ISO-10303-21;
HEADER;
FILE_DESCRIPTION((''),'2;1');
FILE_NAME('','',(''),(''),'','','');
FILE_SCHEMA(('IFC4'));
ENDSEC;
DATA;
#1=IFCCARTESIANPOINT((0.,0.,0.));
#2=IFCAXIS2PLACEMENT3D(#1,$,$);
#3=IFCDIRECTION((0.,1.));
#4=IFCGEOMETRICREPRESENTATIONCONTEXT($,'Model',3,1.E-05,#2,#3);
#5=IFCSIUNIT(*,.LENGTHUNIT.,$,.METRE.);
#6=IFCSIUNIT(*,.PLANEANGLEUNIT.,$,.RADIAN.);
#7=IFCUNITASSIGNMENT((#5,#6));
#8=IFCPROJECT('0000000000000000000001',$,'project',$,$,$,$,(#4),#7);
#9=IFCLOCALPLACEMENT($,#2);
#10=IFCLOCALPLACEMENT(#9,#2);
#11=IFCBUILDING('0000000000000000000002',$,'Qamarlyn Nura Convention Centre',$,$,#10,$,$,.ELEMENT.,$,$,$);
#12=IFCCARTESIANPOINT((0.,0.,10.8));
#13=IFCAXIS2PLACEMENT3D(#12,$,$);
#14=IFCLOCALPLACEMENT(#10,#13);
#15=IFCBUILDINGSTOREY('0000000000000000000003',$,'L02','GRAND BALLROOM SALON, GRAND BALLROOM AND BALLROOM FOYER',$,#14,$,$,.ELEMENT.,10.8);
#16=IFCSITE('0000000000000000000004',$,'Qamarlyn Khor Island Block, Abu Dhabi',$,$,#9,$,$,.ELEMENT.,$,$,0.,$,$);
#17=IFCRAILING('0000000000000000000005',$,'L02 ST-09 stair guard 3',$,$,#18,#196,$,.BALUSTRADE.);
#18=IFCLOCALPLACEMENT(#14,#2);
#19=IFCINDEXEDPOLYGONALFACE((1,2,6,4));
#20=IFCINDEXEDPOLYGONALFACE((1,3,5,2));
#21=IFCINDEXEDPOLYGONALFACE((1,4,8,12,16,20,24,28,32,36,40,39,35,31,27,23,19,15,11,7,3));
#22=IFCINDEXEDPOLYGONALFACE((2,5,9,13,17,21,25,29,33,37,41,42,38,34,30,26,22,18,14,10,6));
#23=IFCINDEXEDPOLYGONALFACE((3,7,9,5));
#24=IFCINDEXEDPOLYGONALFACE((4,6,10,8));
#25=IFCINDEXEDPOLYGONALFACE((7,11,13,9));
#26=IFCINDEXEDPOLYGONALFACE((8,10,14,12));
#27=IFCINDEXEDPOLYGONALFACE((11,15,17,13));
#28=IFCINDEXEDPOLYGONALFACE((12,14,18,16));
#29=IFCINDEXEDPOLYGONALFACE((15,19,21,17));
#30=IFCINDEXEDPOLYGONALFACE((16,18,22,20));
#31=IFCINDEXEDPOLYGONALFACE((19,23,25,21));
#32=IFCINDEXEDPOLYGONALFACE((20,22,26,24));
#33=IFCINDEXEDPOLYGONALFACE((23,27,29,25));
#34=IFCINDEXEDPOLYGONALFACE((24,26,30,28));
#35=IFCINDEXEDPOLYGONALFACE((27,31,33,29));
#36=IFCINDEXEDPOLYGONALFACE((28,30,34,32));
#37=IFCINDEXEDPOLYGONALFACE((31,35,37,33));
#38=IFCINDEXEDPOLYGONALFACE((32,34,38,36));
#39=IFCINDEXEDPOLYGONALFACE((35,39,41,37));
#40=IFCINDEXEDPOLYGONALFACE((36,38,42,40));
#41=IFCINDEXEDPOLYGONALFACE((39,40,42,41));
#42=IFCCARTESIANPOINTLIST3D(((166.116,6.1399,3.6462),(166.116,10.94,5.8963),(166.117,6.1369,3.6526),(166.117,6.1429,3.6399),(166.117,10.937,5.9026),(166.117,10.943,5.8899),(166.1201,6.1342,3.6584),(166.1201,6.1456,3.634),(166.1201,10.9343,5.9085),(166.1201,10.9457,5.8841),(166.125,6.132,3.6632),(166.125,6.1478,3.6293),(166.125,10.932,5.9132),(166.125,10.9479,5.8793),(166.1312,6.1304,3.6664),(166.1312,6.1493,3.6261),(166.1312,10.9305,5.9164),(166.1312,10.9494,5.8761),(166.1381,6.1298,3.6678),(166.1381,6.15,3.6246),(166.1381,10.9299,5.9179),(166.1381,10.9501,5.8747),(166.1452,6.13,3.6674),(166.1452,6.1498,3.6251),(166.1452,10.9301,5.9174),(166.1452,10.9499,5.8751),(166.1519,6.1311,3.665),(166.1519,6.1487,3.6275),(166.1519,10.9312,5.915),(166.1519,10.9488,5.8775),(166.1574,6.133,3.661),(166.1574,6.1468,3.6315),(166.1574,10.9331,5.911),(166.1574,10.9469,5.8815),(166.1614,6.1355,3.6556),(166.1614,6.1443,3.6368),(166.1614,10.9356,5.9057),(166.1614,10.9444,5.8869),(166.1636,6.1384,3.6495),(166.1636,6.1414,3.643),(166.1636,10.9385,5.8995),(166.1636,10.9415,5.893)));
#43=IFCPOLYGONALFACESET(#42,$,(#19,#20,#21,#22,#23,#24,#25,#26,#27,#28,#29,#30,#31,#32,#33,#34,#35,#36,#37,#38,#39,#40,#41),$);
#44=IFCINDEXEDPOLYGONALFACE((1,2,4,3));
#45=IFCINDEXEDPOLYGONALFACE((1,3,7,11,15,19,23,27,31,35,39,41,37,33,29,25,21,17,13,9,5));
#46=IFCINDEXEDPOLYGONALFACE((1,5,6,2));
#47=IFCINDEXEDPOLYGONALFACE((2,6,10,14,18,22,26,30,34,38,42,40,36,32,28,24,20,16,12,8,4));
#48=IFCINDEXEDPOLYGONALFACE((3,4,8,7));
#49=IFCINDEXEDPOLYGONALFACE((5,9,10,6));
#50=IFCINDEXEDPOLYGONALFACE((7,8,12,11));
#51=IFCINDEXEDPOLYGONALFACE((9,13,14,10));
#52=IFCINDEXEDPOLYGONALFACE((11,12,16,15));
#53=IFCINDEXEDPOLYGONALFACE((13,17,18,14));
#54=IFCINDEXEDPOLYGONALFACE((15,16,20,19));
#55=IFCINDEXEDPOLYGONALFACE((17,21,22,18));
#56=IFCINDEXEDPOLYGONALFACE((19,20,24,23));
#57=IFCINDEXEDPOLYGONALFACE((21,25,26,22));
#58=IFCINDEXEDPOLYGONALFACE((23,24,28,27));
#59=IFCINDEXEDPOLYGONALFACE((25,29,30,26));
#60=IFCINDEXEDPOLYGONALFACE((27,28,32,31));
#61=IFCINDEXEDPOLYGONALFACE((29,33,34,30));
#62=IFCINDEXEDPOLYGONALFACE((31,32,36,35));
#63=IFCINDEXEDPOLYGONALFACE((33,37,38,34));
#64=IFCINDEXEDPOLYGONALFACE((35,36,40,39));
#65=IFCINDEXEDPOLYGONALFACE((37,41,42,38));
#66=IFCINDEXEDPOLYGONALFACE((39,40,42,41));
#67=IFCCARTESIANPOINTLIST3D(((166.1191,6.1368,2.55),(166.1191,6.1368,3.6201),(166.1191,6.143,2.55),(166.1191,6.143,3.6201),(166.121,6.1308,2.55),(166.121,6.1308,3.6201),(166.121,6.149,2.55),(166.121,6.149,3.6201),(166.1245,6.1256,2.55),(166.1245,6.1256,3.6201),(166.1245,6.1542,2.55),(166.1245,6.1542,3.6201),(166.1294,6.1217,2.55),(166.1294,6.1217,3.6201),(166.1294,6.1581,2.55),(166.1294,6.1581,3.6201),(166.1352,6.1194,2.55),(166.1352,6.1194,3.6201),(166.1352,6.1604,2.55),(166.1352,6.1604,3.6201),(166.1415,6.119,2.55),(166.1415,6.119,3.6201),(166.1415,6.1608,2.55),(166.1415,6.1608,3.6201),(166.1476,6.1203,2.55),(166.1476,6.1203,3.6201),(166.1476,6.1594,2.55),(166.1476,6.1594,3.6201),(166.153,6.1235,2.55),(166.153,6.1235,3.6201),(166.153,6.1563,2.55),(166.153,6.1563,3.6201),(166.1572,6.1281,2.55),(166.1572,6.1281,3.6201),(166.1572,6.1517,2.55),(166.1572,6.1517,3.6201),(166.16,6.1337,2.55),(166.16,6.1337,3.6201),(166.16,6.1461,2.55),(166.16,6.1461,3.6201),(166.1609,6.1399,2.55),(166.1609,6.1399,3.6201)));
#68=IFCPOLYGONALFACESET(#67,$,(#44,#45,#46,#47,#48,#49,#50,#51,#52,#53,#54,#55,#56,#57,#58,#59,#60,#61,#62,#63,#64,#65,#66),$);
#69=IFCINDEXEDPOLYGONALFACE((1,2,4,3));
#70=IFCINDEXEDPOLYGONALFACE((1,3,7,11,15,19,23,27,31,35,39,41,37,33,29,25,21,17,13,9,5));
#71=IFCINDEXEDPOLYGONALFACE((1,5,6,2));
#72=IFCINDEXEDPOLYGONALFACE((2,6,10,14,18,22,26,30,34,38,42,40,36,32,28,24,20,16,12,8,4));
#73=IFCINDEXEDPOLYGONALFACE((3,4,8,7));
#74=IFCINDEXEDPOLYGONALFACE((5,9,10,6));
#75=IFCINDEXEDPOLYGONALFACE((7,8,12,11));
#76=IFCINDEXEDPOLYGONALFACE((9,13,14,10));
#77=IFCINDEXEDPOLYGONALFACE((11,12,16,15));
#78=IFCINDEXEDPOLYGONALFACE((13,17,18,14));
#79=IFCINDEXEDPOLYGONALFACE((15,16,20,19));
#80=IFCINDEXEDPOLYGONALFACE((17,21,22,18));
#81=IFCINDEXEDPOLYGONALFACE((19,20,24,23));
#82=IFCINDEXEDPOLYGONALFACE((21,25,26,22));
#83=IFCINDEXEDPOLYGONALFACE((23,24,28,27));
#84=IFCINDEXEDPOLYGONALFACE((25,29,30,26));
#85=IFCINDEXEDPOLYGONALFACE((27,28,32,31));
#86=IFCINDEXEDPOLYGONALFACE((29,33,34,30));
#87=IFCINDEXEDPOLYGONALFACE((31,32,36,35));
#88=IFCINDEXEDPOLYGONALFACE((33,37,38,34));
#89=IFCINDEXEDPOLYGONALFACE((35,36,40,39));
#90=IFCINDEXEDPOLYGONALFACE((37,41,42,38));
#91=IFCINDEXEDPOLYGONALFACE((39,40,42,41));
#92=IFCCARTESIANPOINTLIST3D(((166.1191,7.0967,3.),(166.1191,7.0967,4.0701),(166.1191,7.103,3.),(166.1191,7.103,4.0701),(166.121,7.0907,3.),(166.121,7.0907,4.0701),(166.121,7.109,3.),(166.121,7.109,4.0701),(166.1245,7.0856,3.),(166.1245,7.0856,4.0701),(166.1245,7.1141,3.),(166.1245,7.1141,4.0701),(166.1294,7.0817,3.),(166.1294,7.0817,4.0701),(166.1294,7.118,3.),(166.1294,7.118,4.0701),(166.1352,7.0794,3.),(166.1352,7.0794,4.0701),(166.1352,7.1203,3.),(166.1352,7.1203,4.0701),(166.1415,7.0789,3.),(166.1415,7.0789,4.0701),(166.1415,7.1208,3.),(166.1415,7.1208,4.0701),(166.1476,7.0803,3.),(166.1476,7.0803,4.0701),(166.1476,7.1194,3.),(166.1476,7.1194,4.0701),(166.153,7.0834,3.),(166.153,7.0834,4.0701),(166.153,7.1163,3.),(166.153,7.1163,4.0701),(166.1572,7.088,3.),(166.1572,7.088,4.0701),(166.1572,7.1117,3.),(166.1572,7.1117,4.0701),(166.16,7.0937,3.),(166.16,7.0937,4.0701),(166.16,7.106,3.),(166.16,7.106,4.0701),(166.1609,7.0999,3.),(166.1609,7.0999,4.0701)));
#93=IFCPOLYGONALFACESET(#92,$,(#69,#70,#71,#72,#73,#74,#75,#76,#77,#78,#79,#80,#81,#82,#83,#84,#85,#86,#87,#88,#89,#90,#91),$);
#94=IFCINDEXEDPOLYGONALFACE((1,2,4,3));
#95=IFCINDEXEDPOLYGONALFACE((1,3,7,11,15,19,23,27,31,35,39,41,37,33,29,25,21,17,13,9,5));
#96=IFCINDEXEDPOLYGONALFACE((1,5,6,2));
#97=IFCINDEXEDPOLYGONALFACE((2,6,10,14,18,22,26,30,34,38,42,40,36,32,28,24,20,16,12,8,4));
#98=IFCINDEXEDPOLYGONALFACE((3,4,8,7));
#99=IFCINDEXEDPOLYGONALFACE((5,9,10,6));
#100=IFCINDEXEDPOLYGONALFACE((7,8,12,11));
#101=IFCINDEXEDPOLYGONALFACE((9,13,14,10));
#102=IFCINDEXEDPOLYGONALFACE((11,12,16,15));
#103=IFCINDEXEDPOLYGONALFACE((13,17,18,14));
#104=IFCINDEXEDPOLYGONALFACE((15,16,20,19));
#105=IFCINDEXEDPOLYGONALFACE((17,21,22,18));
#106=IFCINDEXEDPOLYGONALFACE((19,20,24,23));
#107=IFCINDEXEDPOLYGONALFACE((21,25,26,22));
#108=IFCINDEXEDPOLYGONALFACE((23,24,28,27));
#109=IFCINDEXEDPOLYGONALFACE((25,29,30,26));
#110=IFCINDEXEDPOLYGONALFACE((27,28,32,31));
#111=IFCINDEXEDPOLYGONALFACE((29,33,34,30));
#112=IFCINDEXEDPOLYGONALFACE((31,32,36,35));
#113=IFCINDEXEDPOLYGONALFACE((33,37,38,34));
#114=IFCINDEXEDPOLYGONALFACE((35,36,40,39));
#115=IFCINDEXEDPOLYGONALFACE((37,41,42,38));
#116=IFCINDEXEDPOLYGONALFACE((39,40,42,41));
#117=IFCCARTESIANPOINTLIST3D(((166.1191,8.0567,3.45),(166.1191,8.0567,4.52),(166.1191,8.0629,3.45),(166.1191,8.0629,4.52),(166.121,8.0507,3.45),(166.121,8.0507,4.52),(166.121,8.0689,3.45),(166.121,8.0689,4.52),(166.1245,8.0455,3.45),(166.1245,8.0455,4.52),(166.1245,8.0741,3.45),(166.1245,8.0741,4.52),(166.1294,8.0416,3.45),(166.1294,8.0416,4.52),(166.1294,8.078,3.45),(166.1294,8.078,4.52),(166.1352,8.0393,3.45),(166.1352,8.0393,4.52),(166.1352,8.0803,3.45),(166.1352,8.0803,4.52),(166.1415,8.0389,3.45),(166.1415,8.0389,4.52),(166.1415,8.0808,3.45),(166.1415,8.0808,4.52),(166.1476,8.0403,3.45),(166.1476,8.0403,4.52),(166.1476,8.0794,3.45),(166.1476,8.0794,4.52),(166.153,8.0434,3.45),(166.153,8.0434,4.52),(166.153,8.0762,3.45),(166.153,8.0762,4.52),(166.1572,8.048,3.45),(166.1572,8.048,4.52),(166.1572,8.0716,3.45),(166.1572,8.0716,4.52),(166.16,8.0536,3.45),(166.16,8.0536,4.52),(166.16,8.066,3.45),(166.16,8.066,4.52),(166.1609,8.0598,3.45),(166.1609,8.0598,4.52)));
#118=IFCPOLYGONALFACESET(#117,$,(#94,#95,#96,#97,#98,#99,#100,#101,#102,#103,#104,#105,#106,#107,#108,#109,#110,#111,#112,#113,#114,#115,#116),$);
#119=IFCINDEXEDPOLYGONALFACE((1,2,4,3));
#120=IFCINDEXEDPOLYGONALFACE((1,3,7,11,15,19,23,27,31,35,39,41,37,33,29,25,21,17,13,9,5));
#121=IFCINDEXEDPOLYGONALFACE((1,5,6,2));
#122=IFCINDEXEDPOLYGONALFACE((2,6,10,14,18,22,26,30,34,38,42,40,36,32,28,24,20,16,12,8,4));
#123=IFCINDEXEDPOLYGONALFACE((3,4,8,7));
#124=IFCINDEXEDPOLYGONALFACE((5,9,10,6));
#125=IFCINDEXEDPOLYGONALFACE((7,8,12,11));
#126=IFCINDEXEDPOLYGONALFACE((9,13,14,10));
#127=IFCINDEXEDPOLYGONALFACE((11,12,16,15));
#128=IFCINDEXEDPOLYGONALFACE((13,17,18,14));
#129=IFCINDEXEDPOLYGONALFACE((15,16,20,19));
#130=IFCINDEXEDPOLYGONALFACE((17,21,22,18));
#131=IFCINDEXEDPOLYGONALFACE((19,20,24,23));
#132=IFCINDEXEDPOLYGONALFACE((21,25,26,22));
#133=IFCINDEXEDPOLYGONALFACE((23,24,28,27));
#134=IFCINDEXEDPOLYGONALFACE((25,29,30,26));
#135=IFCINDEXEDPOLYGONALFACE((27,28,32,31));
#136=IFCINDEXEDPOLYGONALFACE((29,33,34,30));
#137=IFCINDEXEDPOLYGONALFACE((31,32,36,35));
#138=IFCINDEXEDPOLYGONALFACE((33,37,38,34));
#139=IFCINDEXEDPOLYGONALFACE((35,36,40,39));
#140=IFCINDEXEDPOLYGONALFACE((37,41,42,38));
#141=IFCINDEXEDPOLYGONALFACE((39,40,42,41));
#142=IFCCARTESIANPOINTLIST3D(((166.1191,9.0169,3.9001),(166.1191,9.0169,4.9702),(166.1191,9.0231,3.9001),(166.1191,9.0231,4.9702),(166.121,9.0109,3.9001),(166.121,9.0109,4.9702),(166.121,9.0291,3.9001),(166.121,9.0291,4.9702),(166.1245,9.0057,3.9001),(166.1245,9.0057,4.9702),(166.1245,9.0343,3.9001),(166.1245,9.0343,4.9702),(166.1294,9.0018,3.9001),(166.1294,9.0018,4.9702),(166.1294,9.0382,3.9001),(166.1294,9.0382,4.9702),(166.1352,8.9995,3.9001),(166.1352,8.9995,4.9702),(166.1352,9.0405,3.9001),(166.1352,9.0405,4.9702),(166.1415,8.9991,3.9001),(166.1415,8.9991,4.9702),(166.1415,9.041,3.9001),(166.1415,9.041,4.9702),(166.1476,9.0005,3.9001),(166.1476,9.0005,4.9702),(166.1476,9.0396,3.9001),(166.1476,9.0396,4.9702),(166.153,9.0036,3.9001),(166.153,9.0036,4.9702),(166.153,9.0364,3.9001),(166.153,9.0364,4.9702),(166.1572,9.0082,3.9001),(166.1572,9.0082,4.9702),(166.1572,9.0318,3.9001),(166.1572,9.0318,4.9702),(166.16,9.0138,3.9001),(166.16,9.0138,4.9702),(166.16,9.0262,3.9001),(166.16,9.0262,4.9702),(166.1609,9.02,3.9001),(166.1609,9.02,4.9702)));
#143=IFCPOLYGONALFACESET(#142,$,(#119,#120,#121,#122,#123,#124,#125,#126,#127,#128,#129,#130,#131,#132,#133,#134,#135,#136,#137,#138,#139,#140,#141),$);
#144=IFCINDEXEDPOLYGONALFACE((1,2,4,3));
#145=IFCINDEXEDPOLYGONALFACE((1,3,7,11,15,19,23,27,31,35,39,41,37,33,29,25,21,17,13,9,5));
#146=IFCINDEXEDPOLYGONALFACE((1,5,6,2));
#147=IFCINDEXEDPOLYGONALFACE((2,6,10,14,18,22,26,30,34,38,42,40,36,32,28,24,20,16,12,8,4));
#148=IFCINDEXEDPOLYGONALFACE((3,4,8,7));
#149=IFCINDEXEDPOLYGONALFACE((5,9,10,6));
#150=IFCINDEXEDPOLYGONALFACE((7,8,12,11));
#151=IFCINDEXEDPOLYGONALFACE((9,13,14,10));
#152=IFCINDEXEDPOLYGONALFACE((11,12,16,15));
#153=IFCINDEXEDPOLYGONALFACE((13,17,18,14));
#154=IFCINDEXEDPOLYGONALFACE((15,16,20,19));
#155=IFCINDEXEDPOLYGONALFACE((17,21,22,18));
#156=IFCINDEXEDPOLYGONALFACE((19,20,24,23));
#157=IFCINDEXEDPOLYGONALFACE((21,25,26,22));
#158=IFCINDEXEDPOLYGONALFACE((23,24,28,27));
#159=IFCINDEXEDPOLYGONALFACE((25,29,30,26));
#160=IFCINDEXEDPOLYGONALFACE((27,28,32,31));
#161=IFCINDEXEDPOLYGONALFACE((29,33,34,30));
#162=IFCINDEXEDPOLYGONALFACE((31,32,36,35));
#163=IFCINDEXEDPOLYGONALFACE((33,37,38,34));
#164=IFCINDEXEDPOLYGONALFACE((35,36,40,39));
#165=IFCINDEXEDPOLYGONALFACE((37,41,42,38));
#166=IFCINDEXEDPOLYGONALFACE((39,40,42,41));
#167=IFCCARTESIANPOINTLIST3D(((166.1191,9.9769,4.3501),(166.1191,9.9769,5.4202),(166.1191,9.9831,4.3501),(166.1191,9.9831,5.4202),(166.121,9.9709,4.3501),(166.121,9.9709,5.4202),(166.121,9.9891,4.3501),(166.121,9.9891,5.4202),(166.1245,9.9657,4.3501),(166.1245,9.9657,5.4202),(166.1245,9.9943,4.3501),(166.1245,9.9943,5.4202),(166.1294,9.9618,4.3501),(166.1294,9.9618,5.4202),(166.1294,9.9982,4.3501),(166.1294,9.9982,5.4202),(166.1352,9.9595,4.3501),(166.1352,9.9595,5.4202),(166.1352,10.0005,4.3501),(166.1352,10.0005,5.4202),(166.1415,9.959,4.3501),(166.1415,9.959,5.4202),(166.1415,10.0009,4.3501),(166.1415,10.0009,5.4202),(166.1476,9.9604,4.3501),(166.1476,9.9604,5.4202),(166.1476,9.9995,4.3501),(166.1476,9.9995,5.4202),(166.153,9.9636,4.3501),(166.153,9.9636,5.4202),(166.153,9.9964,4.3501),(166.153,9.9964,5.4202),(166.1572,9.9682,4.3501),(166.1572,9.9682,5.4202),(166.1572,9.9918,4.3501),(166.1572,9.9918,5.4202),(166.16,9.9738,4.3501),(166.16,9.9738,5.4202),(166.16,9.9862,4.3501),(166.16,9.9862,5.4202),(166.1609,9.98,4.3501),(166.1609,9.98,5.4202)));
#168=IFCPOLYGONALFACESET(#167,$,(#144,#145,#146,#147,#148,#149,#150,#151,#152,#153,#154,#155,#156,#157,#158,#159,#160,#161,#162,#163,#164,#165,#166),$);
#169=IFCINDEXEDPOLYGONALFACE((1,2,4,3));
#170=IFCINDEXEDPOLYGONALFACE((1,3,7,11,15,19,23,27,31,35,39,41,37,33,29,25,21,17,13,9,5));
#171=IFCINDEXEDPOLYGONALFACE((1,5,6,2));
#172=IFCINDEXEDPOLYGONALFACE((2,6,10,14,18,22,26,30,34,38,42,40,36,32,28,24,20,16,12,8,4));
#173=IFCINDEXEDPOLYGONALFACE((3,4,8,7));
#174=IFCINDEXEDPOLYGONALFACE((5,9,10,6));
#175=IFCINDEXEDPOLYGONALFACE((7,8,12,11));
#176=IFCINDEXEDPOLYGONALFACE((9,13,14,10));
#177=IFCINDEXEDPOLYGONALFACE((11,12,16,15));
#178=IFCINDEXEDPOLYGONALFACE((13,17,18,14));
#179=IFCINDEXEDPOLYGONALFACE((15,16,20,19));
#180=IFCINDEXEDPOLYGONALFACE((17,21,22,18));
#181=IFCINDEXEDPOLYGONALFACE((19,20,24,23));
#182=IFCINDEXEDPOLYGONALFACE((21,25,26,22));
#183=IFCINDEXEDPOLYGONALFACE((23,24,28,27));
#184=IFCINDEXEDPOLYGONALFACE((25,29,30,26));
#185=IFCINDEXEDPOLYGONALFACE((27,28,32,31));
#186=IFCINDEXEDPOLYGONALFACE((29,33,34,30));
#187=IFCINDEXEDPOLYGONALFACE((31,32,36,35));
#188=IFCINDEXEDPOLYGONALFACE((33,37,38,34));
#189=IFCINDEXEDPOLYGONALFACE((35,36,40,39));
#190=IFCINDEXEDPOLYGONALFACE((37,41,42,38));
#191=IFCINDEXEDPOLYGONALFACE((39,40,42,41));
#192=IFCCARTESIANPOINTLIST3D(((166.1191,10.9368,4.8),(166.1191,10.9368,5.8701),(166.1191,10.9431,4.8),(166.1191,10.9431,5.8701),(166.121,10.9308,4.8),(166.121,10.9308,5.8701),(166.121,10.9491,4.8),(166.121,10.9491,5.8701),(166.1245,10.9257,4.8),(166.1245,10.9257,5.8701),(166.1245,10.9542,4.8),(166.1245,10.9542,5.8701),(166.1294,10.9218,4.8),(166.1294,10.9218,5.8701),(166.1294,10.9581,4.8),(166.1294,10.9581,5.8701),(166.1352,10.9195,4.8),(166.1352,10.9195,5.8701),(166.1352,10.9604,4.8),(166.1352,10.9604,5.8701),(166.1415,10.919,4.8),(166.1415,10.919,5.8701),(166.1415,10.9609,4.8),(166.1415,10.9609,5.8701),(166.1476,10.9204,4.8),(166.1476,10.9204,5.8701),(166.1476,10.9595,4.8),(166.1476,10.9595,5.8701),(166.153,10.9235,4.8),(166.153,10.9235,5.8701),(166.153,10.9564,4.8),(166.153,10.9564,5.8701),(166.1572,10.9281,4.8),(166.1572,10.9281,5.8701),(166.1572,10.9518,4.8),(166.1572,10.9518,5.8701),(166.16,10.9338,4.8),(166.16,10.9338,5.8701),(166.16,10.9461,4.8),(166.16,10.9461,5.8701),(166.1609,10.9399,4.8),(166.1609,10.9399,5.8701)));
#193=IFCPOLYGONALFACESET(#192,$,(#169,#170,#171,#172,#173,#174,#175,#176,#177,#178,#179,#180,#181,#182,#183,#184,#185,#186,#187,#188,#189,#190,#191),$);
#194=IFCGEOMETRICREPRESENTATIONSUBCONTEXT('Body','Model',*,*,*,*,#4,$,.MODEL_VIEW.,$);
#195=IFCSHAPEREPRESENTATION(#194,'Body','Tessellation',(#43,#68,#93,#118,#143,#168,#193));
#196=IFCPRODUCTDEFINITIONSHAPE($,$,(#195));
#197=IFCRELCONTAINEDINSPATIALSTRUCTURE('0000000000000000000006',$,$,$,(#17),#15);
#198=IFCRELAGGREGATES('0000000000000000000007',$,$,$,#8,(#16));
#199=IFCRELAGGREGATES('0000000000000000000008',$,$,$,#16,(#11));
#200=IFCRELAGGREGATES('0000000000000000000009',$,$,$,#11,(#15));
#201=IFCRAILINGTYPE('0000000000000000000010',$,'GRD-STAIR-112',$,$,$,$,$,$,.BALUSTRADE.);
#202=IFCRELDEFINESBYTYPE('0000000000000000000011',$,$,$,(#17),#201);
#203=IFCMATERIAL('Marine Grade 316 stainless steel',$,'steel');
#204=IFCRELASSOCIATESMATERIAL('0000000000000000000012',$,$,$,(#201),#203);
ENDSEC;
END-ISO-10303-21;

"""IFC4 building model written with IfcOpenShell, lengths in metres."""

from ifc_helpers import new_model, si_unit, direction, frame, origin, origin_2d, place, context, subcontext, project, spatial, circle, extrude, material, type_object, element, save


model = new_model("IFC4")

# Units and contexts
model_context = context("Model", 3, precision=1e-05, world=origin(), true_north=direction((0.0, 1.0)))
body_context = subcontext(model_context, "Body", "Model", "MODEL_VIEW")
ifc_project = project(units=[si_unit("LENGTHUNIT", "METRE"), si_unit("PLANEANGLEUNIT", "RADIAN")], contexts=[model_context])

# Site, building, storey
site_placement = place(None, origin())
site = spatial("IfcSite", under=ifc_project, at=site_placement, Name="Qamarlyn Khor Island Block, Abu Dhabi", CompositionType="ELEMENT", RefElevation=0.0)
building_placement = place(site_placement, origin())
building = spatial("IfcBuilding", under=site, at=building_placement, Name="Qamarlyn Nura Convention Centre", CompositionType="ELEMENT")
storey_placement = place(building_placement, frame((0.0, 0.0, 10.8)))
storey = spatial("IfcBuildingStorey", under=building, at=storey_placement, Name="L02", Description="GRAND BALLROOM SALON, GRAND BALLROOM AND BALLROOM FOYER", CompositionType="ELEMENT", Elevation=10.8)

# Railing
ifc_material_1 = material(Name="Marine Grade 316 stainless steel", Category="steel")
railing_type_1 = type_object("IfcRailingType", Name="GRD-STAIR-112", PredefinedType="BALUSTRADE", material=ifc_material_1)
railing_1_placement = place(storey_placement, frame((166.1399, 6.1399, 2.55)))
element("IfcRailing", 1, at=railing_1_placement, inside=storey, type_object=railing_type_1, Name="L02 ST-09 stair guard 3", PredefinedType="BALUSTRADE", context=body_context, shape_type="SweptSolid", body=[
    extrude(circle(Radius=0.0239, at=origin_2d()), frame((0.0, 0.0, 1.0962), z_axis=(0.0, 0.905461, 0.42443), x_axis=(-1.0, 0.0, 0.0)), (0.0, 0.0, 1.0), 5.3013),
    extrude(circle(Radius=0.021, at=origin_2d()), origin(), (0.0, 0.0, 1.0), 1.0701),
    extrude(circle(Radius=0.021, at=origin_2d()), frame((0.0, 0.96, 0.45)), (0.0, 0.0, 1.0), 1.0701),
    extrude(circle(Radius=0.021, at=origin_2d()), frame((0.0, 1.9199, 0.8999)), (0.0, 0.0, 1.0), 1.0701),
    extrude(circle(Radius=0.021, at=origin_2d()), frame((0.0, 2.8801, 1.3501)), (0.0, 0.0, 1.0), 1.0701),
    extrude(circle(Radius=0.021, at=origin_2d()), frame((0.0, 3.8401, 1.8)), (0.0, 0.0, 1.0), 1.0701),
    extrude(circle(Radius=0.021, at=origin_2d()), frame((0.0, 4.8, 2.25)), (0.0, 0.0, 1.0), 1.0701),
])

save(model, "model.ifc")
